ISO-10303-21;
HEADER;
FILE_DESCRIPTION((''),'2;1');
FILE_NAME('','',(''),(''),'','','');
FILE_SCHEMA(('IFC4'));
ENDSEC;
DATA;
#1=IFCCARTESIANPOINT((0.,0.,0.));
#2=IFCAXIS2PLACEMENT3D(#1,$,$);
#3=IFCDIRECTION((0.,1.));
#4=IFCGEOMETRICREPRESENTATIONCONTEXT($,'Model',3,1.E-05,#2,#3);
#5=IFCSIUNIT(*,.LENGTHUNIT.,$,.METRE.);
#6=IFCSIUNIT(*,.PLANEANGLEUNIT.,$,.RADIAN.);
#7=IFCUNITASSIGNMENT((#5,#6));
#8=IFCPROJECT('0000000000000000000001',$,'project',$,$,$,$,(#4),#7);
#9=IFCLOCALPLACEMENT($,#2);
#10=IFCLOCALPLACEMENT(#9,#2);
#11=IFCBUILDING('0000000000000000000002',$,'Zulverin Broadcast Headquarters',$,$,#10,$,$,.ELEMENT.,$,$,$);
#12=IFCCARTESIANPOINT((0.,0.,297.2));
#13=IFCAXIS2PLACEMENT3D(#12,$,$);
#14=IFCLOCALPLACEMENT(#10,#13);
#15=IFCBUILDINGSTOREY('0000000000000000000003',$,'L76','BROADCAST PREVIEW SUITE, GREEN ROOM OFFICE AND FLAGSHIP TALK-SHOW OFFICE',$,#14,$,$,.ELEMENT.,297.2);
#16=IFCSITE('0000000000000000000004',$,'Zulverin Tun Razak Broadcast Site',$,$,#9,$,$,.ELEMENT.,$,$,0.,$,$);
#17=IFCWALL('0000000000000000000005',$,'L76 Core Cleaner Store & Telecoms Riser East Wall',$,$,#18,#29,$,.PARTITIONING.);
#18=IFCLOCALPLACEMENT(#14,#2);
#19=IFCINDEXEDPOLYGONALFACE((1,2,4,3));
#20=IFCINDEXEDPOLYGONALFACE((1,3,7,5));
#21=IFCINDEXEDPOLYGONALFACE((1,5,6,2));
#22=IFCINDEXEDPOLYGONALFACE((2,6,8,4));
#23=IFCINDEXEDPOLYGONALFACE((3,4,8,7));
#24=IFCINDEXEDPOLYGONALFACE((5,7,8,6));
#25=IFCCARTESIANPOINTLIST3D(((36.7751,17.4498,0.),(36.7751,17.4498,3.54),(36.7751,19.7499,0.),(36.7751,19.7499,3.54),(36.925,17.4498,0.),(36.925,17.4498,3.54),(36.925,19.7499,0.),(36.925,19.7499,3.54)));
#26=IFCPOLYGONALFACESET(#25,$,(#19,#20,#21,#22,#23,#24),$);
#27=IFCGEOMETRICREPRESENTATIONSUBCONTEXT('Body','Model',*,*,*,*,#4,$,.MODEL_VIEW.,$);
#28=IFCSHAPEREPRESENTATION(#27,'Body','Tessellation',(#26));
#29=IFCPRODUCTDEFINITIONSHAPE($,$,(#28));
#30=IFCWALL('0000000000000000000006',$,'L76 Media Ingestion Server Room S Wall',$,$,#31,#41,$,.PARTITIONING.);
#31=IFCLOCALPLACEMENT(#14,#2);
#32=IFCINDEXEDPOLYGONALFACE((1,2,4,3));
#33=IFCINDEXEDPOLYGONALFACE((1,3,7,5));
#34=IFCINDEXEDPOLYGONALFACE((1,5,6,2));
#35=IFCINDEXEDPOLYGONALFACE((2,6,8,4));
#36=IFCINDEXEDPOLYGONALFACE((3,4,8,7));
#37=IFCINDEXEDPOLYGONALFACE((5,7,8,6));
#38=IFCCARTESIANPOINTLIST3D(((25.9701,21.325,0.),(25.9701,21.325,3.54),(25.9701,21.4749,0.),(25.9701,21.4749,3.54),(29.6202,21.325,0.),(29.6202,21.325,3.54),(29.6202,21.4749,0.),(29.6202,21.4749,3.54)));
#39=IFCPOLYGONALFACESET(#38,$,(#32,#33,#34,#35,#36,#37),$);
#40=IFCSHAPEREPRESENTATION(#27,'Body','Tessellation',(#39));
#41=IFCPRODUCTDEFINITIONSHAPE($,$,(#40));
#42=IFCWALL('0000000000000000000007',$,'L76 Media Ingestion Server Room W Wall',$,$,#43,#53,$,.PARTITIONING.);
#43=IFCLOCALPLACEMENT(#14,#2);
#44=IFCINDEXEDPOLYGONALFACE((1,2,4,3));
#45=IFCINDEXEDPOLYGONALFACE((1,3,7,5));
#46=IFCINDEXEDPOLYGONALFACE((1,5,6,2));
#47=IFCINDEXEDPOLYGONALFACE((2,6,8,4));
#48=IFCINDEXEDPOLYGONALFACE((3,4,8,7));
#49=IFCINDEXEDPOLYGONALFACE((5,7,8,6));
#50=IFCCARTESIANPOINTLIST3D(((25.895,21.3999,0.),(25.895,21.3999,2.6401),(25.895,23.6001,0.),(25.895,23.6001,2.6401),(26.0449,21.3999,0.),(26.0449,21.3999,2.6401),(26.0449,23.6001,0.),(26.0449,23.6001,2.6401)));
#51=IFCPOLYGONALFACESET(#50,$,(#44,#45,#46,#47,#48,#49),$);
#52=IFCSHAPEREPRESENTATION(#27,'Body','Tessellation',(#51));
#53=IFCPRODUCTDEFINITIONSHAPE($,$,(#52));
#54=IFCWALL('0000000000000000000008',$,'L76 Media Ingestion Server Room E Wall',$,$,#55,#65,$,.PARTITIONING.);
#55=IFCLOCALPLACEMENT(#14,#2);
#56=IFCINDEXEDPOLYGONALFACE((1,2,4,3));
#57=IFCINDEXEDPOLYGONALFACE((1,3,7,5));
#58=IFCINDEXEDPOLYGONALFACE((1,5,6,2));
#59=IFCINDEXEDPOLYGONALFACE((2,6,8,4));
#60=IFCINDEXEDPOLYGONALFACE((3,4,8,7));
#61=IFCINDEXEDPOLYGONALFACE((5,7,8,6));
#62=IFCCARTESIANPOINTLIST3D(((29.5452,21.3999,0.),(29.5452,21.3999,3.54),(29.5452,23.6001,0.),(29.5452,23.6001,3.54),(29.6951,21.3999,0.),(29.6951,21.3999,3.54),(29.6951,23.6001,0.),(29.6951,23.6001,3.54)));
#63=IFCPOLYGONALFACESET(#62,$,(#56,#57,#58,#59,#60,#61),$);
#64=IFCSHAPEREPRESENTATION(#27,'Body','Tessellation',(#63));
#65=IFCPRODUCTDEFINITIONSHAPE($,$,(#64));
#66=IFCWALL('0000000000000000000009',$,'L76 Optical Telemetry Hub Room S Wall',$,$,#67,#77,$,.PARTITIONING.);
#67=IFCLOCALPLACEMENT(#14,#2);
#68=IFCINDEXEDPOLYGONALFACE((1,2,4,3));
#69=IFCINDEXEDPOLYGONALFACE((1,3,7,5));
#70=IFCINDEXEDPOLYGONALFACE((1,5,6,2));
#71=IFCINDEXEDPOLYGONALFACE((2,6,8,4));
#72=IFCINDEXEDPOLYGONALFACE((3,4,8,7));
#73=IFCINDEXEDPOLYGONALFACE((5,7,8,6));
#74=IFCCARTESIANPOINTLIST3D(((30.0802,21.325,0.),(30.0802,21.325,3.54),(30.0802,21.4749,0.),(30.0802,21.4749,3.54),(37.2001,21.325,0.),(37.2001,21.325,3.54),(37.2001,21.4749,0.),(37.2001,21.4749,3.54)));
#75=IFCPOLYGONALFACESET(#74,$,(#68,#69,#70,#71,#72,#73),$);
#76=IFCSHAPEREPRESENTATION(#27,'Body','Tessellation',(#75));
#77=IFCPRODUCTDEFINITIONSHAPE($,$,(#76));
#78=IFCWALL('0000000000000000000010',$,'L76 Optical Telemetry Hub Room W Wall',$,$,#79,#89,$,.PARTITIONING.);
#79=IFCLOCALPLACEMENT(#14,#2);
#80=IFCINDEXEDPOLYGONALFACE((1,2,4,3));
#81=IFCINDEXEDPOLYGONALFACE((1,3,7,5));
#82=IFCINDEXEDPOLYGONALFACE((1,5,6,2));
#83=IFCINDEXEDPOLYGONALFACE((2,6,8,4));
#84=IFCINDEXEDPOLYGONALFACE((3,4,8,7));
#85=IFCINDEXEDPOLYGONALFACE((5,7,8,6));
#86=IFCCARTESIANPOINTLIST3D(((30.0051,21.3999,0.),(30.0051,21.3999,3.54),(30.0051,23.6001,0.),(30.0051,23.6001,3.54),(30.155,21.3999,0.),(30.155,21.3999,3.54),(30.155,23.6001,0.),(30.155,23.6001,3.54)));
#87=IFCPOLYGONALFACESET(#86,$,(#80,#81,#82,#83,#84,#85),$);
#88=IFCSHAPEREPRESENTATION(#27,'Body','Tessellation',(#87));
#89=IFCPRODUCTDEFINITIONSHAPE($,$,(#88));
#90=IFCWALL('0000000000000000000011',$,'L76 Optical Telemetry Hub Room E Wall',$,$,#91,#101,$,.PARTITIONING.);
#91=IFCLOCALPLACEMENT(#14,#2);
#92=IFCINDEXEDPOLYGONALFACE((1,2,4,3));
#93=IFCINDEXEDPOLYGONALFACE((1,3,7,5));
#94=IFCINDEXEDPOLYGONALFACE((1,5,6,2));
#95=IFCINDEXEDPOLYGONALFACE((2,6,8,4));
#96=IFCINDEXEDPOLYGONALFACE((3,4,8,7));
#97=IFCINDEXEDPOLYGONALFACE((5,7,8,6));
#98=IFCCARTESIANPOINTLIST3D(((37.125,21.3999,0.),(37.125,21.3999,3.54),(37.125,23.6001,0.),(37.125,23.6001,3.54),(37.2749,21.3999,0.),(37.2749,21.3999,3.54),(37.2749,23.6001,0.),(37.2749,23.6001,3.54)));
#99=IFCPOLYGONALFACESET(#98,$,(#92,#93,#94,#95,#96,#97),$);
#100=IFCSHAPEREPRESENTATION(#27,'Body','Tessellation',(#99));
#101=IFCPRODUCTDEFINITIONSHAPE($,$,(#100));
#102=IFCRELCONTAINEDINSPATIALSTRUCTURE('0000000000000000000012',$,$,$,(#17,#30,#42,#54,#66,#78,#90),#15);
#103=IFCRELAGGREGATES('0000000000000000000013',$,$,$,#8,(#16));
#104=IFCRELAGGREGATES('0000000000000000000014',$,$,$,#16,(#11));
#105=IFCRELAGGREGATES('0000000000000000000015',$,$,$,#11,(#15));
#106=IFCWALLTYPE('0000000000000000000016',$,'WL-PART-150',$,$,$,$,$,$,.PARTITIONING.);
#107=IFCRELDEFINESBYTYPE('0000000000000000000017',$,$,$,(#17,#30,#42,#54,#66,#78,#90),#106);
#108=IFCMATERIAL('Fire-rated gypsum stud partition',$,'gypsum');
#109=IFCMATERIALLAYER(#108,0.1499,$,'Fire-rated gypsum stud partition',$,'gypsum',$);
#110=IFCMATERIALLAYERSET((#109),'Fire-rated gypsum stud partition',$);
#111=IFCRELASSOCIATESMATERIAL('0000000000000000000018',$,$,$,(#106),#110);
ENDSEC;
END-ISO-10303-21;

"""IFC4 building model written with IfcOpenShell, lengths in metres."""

from ifc_helpers import new_model, si_unit, direction, frame, frame_2d, origin, place, context, subcontext, project, spatial, rectangle, extrude, material, layer, layer_set, type_object, element, save


model = new_model("IFC4")

# Units and contexts
model_context = context("Model", 3, precision=1e-05, world=origin(), true_north=direction((0.0, 1.0)))
body_context = subcontext(model_context, "Body", "Model", "MODEL_VIEW")
ifc_project = project(units=[si_unit("LENGTHUNIT", "METRE"), si_unit("PLANEANGLEUNIT", "RADIAN")], contexts=[model_context])

# Site, building, storey
site_placement = place(None, origin())
site = spatial("IfcSite", under=ifc_project, at=site_placement, Name="Zulverin Tun Razak Broadcast Site", CompositionType="ELEMENT", RefElevation=0.0)
building_placement = place(site_placement, origin())
building = spatial("IfcBuilding", under=site, at=building_placement, Name="Zulverin Broadcast Headquarters", CompositionType="ELEMENT")
storey_placement = place(building_placement, frame((0.0, 0.0, 297.2)))
storey = spatial("IfcBuildingStorey", under=building, at=storey_placement, Name="L76", Description="BROADCAST PREVIEW SUITE, GREEN ROOM OFFICE AND FLAGSHIP TALK-SHOW OFFICE", CompositionType="ELEMENT", Elevation=297.2)

# Shared definitions
ifc_material_1 = material(Name="Fire-rated gypsum stud partition", Category="gypsum")
ifc_layer = layer(ifc_material_1, 0.1499, Name="Fire-rated gypsum stud partition", Category="gypsum")
ifc_layer_set = layer_set([ifc_layer], Name="Fire-rated gypsum stud partition")
wall_type = type_object("IfcWallType", Name="WL-PART-150", PredefinedType="PARTITIONING", material=ifc_layer_set)

# Walls
for number, where, z_axis, x_axis, name in (
    (1, (36.8501, 17.45, 0.0), (0.0, 0.0, 1.0), (0.0, 1.0, 0.0), "L76 Core Cleaner Store & Telecoms Riser East Wall"),
):
    element("IfcWall", number, at=place(storey_placement, frame(where, z_axis=z_axis, x_axis=x_axis)), inside=storey, type_object=wall_type, Name=name, PredefinedType="PARTITIONING", context=body_context, shape_type="SweptSolid", body=[
        extrude(rectangle(XDim=2.3, YDim=0.1499, at=frame_2d((1.1499, 0.0))), origin(), (0.0, 0.0, 1.0), 3.54),
    ])
wall_1_placement = place(storey_placement, frame((25.97, 21.3999, 0.0), z_axis=(0.0, 0.0, 1.0), x_axis=(1.0, 0.0, 0.0)))
element("IfcWall", 2, at=wall_1_placement, inside=storey, type_object=wall_type, Name="L76 Media Ingestion Server Room S Wall", PredefinedType="PARTITIONING", context=body_context, shape_type="SweptSolid", body=[
    extrude(rectangle(XDim=3.6501, YDim=0.1499, at=frame_2d((1.8252, 0.0))), origin(), (0.0, 0.0, 1.0), 3.54),
])
wall_2_placement = place(storey_placement, frame((25.97, 21.3999, 0.0), z_axis=(0.0, 0.0, 1.0), x_axis=(0.0, 1.0, 0.0)))
element("IfcWall", 3, at=wall_2_placement, inside=storey, type_object=wall_type, Name="L76 Media Ingestion Server Room W Wall", PredefinedType="PARTITIONING", context=body_context, shape_type="SweptSolid", body=[
    extrude(rectangle(XDim=2.2002, YDim=0.1499, at=frame_2d((1.1001, 0.0))), origin(), (0.0, 0.0, 1.0), 2.6401),
])
wall_3_placement = place(storey_placement, frame((29.6201, 21.3999, 0.0), z_axis=(0.0, 0.0, 1.0), x_axis=(0.0, 1.0, 0.0)))
element("IfcWall", 4, at=wall_3_placement, inside=storey, type_object=wall_type, Name="L76 Media Ingestion Server Room E Wall", PredefinedType="PARTITIONING", context=body_context, shape_type="SweptSolid", body=[
    extrude(rectangle(XDim=2.2002, YDim=0.1499, at=frame_2d((1.1001, 0.0))), origin(), (0.0, 0.0, 1.0), 3.54),
])
wall_4_placement = place(storey_placement, frame((30.0801, 21.3999, 0.0), z_axis=(0.0, 0.0, 1.0), x_axis=(1.0, 0.0, 0.0)))
element("IfcWall", 5, at=wall_4_placement, inside=storey, type_object=wall_type, Name="L76 Optical Telemetry Hub Room S Wall", PredefinedType="PARTITIONING", context=body_context, shape_type="SweptSolid", body=[
    extrude(rectangle(XDim=7.1199, YDim=0.1499, at=frame_2d((3.5601, 0.0))), origin(), (0.0, 0.0, 1.0), 3.54),
])
for number, where, z_axis, x_axis, name in (
    (6, (30.0801, 21.3999, 0.0), (0.0, 0.0, 1.0), (0.0, 1.0, 0.0), "L76 Optical Telemetry Hub Room W Wall"),
    (7, (37.2, 21.3999, 0.0), (0.0, 0.0, 1.0), (0.0, 1.0, 0.0), "L76 Optical Telemetry Hub Room E Wall"),
):
    element("IfcWall", number, at=place(storey_placement, frame(where, z_axis=z_axis, x_axis=x_axis)), inside=storey, type_object=wall_type, Name=name, PredefinedType="PARTITIONING", context=body_context, shape_type="SweptSolid", body=[
        extrude(rectangle(XDim=2.2002, YDim=0.1499, at=frame_2d((1.1001, 0.0))), origin(), (0.0, 0.0, 1.0), 3.54),
    ])

save(model, "model.ifc")
